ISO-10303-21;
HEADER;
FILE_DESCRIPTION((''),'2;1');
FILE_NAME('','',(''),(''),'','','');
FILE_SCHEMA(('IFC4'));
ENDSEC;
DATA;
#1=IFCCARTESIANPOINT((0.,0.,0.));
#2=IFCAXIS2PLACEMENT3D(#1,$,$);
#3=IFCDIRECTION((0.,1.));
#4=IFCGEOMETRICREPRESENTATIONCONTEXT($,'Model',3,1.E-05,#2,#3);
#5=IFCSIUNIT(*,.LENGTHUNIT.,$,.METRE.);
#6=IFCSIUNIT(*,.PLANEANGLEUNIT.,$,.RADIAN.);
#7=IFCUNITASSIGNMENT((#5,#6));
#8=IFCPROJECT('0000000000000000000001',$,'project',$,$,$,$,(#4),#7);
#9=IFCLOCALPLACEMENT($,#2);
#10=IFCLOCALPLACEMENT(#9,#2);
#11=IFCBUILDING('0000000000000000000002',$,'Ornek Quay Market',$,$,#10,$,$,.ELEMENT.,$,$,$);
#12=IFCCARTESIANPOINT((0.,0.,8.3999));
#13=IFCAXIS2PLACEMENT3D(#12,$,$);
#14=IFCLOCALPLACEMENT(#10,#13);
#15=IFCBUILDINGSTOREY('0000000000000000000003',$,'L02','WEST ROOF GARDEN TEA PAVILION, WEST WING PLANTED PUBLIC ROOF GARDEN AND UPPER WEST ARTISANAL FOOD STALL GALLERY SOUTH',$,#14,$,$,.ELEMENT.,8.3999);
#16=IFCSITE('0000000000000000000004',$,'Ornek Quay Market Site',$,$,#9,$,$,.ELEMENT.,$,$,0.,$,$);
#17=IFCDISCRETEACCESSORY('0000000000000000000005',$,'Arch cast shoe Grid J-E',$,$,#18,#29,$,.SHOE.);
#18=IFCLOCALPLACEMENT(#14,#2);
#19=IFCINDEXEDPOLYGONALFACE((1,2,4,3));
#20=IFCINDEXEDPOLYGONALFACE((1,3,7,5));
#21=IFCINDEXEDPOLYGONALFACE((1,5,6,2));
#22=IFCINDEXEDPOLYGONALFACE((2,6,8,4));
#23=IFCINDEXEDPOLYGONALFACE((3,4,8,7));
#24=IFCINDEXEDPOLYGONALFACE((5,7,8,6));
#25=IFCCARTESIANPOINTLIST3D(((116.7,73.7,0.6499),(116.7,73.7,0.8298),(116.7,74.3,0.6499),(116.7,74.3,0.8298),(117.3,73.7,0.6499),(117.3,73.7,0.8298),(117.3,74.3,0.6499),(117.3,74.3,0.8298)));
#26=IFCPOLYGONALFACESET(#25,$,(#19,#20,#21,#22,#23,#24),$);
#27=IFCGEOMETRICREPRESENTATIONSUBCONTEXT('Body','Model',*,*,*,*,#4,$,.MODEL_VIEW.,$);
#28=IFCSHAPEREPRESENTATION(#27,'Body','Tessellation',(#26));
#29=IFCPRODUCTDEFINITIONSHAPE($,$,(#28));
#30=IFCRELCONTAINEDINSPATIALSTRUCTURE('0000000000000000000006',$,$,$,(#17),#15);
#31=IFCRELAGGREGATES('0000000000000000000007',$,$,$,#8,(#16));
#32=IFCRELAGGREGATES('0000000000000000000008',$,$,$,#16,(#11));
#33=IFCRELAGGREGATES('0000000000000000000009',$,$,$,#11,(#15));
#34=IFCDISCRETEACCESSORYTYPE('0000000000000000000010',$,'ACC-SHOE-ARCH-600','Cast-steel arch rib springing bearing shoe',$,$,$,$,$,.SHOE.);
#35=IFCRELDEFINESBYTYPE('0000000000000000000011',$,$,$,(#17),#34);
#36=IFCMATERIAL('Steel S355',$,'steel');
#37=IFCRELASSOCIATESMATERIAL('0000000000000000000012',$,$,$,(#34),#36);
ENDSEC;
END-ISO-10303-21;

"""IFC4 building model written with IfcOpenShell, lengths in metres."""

from ifc_helpers import new_model, si_unit, direction, frame, origin, origin_2d, place, context, subcontext, project, spatial, rectangle, extrude, material, type_object, element, save


model = new_model("IFC4")

# Units and contexts
model_context = context("Model", 3, precision=1e-05, world=origin(), true_north=direction((0.0, 1.0)))
body_context = subcontext(model_context, "Body", "Model", "MODEL_VIEW")
ifc_project = project(units=[si_unit("LENGTHUNIT", "METRE"), si_unit("PLANEANGLEUNIT", "RADIAN")], contexts=[model_context])

# Site, building, storey
site_placement = place(None, origin())
site = spatial("IfcSite", under=ifc_project, at=site_placement, Name="Ornek Quay Market Site", CompositionType="ELEMENT", RefElevation=0.0)
building_placement = place(site_placement, origin())
building = spatial("IfcBuilding", under=site, at=building_placement, Name="Ornek Quay Market", CompositionType="ELEMENT")
storey_placement = place(building_placement, frame((0.0, 0.0, 8.3999)))
storey = spatial("IfcBuildingStorey", under=building, at=storey_placement, Name="L02", Description="WEST ROOF GARDEN TEA PAVILION, WEST WING PLANTED PUBLIC ROOF GARDEN AND UPPER WEST ARTISANAL FOOD STALL GALLERY SOUTH", CompositionType="ELEMENT", Elevation=8.3999)

# Shared definitions
ifc_material_1 = material(Name="Steel S355", Category="steel")

# Discrete accessory
discrete_accessory_type = type_object("IfcDiscreteAccessoryType", Name="ACC-SHOE-ARCH-600", Description="Cast-steel arch rib springing bearing shoe", PredefinedType="SHOE", material=ifc_material_1)
discrete_accessory_placement = place(storey_placement, frame((117.0, 74.0, 0.6499), z_axis=(0.0, 0.0, 1.0), x_axis=(1.0, 0.0, 0.0)))
element("IfcDiscreteAccessory", 1, at=discrete_accessory_placement, inside=storey, type_object=discrete_accessory_type, Name="Arch cast shoe Grid J-E", PredefinedType="SHOE", context=body_context, shape_type="SweptSolid", body=[
    extrude(rectangle(XDim=0.6001, YDim=0.6001, at=origin_2d()), origin(), (0.0, 0.0, 1.0), 0.1799),
])

save(model, "model.ifc")
